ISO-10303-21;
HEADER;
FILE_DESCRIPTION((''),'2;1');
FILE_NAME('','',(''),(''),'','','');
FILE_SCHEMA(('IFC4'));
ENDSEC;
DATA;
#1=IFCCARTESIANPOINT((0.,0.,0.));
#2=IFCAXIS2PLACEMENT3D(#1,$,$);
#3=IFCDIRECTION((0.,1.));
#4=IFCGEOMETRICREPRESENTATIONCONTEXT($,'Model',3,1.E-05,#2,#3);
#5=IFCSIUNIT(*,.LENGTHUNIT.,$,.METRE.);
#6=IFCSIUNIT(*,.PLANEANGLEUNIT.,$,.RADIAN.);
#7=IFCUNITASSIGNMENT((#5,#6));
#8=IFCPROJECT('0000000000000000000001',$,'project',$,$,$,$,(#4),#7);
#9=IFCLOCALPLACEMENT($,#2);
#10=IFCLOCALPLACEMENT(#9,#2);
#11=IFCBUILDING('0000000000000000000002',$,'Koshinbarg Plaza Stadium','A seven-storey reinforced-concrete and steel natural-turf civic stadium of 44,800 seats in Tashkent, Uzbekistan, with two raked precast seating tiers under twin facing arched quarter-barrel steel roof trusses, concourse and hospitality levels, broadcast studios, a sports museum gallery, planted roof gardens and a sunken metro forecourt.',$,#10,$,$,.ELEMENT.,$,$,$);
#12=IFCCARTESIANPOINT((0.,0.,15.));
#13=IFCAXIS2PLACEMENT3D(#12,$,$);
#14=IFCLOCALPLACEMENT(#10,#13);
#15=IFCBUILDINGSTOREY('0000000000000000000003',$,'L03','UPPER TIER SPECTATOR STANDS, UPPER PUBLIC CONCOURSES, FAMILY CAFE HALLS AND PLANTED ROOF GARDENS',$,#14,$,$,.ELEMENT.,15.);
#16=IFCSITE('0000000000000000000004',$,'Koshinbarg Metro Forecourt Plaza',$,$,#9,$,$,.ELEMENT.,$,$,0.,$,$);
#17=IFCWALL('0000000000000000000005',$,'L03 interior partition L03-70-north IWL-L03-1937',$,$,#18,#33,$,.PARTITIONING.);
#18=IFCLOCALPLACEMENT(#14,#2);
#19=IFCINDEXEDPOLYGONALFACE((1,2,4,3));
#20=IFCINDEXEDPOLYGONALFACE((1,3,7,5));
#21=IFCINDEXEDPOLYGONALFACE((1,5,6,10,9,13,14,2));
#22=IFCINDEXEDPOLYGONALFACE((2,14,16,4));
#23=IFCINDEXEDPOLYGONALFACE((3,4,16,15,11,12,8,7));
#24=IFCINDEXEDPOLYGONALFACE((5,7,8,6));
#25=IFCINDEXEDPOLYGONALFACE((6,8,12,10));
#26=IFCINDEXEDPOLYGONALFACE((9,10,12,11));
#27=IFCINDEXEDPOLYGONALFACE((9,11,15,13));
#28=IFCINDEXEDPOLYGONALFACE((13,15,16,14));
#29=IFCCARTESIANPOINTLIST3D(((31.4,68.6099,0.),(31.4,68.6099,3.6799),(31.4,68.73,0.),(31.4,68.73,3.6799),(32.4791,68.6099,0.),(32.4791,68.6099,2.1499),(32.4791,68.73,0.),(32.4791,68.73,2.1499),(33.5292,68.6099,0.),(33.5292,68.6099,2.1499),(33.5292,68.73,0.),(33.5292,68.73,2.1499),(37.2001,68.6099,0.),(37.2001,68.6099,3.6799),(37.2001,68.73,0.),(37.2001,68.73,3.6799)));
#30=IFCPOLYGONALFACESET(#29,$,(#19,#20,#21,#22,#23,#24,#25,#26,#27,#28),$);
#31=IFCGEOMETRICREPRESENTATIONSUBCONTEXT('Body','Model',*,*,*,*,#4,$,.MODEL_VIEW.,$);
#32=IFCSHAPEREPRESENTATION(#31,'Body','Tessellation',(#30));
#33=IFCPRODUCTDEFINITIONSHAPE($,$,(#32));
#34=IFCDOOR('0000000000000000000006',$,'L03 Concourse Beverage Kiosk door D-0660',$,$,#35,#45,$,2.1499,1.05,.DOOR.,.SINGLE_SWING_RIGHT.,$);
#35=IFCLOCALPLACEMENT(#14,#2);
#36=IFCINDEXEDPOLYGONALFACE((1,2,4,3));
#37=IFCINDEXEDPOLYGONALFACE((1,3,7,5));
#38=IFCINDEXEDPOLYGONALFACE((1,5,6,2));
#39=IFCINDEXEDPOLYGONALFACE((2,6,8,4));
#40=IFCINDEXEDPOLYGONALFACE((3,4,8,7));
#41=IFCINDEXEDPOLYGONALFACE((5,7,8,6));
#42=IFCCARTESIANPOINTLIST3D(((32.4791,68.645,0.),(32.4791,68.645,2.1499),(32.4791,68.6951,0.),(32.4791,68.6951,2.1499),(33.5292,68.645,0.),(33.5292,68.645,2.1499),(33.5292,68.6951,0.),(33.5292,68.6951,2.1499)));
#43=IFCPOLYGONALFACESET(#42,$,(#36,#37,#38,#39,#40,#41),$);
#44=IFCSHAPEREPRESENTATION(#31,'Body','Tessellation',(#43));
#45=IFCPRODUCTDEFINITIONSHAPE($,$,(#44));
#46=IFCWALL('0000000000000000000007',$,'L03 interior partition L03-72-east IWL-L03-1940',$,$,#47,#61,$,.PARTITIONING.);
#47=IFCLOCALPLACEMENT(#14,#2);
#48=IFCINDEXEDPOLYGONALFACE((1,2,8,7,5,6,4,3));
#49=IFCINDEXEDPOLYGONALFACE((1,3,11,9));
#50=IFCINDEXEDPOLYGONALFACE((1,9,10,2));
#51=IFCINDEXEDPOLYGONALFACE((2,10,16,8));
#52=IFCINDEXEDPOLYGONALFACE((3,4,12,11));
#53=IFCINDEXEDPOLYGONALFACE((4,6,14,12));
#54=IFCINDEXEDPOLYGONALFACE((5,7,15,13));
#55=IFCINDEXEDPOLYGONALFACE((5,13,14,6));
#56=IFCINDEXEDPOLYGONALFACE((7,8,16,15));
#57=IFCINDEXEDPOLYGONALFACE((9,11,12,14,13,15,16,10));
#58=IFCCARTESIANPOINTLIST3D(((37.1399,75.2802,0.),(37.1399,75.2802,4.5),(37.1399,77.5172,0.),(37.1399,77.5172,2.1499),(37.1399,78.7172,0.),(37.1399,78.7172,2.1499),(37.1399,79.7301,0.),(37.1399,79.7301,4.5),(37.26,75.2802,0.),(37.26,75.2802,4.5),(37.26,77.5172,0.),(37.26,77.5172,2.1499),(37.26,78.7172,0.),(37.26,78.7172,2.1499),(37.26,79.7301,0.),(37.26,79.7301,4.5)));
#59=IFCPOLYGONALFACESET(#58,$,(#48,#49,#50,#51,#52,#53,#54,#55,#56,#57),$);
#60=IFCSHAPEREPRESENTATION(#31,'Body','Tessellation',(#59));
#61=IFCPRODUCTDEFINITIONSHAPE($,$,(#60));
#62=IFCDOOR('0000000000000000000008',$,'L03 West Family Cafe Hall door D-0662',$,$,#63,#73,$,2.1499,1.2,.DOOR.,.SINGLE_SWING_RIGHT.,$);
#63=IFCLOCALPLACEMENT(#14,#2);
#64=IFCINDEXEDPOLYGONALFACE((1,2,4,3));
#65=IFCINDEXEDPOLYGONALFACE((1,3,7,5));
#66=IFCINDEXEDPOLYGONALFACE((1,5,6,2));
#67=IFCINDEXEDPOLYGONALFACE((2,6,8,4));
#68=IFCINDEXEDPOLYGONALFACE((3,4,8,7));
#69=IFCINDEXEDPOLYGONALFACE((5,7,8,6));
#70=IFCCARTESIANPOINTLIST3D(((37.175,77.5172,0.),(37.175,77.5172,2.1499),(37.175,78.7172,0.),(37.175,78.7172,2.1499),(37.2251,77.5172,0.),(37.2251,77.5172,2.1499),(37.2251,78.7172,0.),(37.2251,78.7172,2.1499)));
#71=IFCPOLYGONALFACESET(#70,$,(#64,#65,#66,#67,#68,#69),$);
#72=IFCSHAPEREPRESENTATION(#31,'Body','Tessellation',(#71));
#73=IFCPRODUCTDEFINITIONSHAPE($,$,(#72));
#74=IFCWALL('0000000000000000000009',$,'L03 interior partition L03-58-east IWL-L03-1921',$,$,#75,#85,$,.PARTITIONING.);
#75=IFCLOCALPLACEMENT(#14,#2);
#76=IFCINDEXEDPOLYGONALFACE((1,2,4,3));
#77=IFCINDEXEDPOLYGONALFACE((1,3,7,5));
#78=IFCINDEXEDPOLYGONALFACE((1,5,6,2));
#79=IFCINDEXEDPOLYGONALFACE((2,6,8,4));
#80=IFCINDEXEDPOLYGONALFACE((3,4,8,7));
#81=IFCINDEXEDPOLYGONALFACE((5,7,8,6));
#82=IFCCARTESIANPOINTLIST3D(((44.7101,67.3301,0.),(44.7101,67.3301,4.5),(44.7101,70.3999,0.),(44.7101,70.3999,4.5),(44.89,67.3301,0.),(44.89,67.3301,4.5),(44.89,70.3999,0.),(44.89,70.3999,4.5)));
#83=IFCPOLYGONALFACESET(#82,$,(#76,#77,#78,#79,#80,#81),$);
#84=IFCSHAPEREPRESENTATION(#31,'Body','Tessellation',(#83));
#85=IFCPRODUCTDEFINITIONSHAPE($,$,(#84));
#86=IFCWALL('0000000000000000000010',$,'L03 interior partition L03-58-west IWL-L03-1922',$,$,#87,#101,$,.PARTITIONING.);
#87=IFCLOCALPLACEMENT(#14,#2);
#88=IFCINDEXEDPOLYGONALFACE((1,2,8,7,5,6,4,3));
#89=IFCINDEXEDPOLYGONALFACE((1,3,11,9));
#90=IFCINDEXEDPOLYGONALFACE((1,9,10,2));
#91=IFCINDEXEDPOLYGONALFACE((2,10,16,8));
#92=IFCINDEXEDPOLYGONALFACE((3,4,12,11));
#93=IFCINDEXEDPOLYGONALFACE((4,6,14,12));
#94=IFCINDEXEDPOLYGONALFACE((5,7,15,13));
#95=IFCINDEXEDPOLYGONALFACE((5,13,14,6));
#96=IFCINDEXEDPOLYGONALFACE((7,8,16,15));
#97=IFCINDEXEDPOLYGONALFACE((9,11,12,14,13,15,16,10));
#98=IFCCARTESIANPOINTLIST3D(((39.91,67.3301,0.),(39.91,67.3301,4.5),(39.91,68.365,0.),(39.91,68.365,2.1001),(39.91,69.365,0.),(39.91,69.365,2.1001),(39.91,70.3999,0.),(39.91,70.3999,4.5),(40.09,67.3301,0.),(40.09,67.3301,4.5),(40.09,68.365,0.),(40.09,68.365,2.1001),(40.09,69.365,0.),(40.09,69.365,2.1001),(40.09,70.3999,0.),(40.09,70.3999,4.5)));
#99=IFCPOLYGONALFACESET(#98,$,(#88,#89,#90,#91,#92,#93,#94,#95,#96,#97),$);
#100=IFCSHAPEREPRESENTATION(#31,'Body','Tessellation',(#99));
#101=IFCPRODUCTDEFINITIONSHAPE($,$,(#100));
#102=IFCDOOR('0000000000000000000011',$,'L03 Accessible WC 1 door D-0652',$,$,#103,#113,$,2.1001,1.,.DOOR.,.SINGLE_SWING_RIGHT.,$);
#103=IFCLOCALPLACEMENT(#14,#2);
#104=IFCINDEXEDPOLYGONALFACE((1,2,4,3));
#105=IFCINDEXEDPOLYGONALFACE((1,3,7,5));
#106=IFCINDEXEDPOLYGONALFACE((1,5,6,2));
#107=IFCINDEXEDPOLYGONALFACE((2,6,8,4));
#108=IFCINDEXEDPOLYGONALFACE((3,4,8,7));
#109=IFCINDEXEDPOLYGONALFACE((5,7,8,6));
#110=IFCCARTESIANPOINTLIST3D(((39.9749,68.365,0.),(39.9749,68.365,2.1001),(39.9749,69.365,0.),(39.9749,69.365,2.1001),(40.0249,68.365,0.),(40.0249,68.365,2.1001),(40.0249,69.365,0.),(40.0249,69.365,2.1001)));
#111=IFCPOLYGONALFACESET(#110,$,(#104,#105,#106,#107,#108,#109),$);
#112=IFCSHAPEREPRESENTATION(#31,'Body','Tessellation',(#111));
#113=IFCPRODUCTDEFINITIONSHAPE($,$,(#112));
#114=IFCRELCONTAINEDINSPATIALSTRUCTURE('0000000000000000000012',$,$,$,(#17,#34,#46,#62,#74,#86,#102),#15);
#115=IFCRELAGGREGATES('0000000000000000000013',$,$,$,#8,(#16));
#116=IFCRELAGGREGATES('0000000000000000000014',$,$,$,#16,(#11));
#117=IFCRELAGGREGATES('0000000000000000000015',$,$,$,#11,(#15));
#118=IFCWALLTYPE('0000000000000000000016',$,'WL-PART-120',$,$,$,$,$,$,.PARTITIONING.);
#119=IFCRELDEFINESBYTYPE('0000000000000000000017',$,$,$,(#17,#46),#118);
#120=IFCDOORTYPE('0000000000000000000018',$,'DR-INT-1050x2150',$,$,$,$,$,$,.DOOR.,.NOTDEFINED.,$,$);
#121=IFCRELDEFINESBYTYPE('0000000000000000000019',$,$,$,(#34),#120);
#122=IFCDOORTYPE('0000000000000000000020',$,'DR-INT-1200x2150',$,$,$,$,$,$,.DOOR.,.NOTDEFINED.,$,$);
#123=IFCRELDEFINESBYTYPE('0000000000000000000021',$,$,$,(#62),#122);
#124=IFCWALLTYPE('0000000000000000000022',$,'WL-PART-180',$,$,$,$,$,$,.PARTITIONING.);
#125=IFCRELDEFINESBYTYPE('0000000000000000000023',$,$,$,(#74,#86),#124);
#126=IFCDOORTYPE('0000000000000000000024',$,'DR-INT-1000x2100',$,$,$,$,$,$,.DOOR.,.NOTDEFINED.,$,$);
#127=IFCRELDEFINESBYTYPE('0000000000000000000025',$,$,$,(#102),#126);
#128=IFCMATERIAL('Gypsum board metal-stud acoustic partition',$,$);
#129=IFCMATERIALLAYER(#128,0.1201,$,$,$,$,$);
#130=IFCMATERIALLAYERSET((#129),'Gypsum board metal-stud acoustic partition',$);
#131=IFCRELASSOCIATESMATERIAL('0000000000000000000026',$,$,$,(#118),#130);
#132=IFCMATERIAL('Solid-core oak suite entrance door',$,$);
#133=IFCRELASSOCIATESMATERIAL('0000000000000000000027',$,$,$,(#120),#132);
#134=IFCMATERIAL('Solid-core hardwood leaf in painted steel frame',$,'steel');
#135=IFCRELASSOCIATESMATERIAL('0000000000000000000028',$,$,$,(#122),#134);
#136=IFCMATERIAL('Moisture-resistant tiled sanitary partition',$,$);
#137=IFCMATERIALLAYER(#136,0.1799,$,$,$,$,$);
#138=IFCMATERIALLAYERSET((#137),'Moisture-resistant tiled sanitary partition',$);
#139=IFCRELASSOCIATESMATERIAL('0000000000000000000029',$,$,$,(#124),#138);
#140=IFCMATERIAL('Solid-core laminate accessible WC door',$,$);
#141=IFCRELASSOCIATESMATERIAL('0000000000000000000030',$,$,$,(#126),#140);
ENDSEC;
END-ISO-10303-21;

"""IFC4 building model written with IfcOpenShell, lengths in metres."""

from ifc_helpers import new_model, si_unit, direction, frame, frame_2d, origin, place, context, subcontext, project, spatial, rectangle, extrude, material, layer, layer_set, type_object, element, fill, save


model = new_model("IFC4")

# Units and contexts
model_context = context("Model", 3, precision=1e-05, world=origin(), true_north=direction((0.0, 1.0)))
body_context = subcontext(model_context, "Body", "Model", "MODEL_VIEW")
ifc_project = project(units=[si_unit("LENGTHUNIT", "METRE"), si_unit("PLANEANGLEUNIT", "RADIAN")], contexts=[model_context])

# Site, building, storey
site_placement = place(None, origin())
site = spatial("IfcSite", under=ifc_project, at=site_placement, Name="Koshinbarg Metro Forecourt Plaza", CompositionType="ELEMENT", RefElevation=0.0)
building_placement = place(site_placement, origin())
building = spatial("IfcBuilding", under=site, at=building_placement, Name="Koshinbarg Plaza Stadium", Description="A seven-storey reinforced-concrete and steel natural-turf civic stadium of 44,800 seats in Tashkent, Uzbekistan, with two raked precast seating tiers under twin facing arched quarter-barrel steel roof trusses, concourse and hospitality levels, broadcast studios, a sports museum gallery, planted roof gardens and a sunken metro forecourt.", CompositionType="ELEMENT")
storey_placement = place(building_placement, frame((0.0, 0.0, 15.0)))
storey = spatial("IfcBuildingStorey", under=building, at=storey_placement, Name="L03", Description="UPPER TIER SPECTATOR STANDS, UPPER PUBLIC CONCOURSES, FAMILY CAFE HALLS AND PLANTED ROOF GARDENS", CompositionType="ELEMENT", Elevation=15.0)

# Walls, openings, doors
ifc_material_1 = material(Name="Gypsum board metal-stud acoustic partition")
ifc_layer_1 = layer(ifc_material_1, 0.1201)
ifc_layer_set_1 = layer_set([ifc_layer_1], Name="Gypsum board metal-stud acoustic partition")
wall_type_1 = type_object("IfcWallType", Name="WL-PART-120", PredefinedType="PARTITIONING", material=ifc_layer_set_1)
wall_1_placement = place(storey_placement, frame((37.2, 68.6699, 0.0), z_axis=(0.0, 0.0, 1.0), x_axis=(-1.0, 0.0, 0.0)))
wall_1 = element("IfcWall", 1, at=wall_1_placement, inside=storey, type_object=wall_type_1, Name="L03 interior partition L03-70-north IWL-L03-1937", PredefinedType="PARTITIONING", context=body_context, shape_type="SweptSolid", body=[
    extrude(rectangle(XDim=5.8, YDim=0.1201, at=frame_2d((2.8999, 0.0))), origin(), (0.0, 0.0, 1.0), 3.6799),
])
opening_1_placement = place(wall_1_placement, frame((3.6709, 0.0, 0.0)))
opening_1 = element("IfcOpeningElement", 2, at=opening_1_placement, cuts=wall_1, PredefinedType="OPENING", context=body_context, shape_type="SweptSolid", body=[
    extrude(rectangle(XDim=1.05, YDim=2.1499, at=frame_2d((0.5249, 1.075))), frame((0.0, 0.0701, 0.0), z_axis=(0.0, -1.0, 0.0), x_axis=(1.0, 0.0, 0.0)), (0.0, 0.0, 1.0), 0.1401),
])
ifc_material_2 = material(Name="Solid-core oak suite entrance door")
door_type_1 = type_object("IfcDoorType", Name="DR-INT-1050x2150", OperationType="NOTDEFINED", PredefinedType="DOOR", material=ifc_material_2)
door_1_placement = place(opening_1_placement, origin())
door_1 = element("IfcDoor", 3, at=door_1_placement, inside=storey, type_object=door_type_1, Name="L03 Concourse Beverage Kiosk door D-0660", OperationType="SINGLE_SWING_RIGHT", OverallHeight=2.1499, OverallWidth=1.05, PredefinedType="DOOR", context=body_context, shape_type="SweptSolid", body=[
    extrude(rectangle(XDim=1.05, YDim=2.1499, at=frame_2d((0.5249, 1.075))), frame((0.0, 0.0249, 0.0), z_axis=(0.0, -1.0, 0.0), x_axis=(1.0, 0.0, 0.0)), (0.0, 0.0, 1.0), 0.05),
])
fill(opening_1, door_1)
wall_2_placement = place(storey_placement, frame((37.2, 75.28, 0.0), z_axis=(0.0, 0.0, 1.0), x_axis=(0.0, 1.0, 0.0)))
wall_2 = element("IfcWall", 4, at=wall_2_placement, inside=storey, type_object=wall_type_1, Name="L03 interior partition L03-72-east IWL-L03-1940", PredefinedType="PARTITIONING", context=body_context, shape_type="SweptSolid", body=[
    extrude(rectangle(XDim=4.45, YDim=0.1201, at=frame_2d((2.2251, 0.0))), origin(), (0.0, 0.0, 1.0), 4.5),
])
opening_2_placement = place(wall_2_placement, frame((2.2371, 0.0, 0.0)))
opening_2 = element("IfcOpeningElement", 5, at=opening_2_placement, cuts=wall_2, PredefinedType="OPENING", context=body_context, shape_type="SweptSolid", body=[
    extrude(rectangle(XDim=1.2, YDim=2.1499, at=frame_2d((0.6001, 1.075))), frame((0.0, 0.0701, 0.0), z_axis=(0.0, -1.0, 0.0), x_axis=(1.0, 0.0, 0.0)), (0.0, 0.0, 1.0), 0.1401),
])
ifc_material_3 = material(Name="Solid-core hardwood leaf in painted steel frame", Category="steel")
door_type_2 = type_object("IfcDoorType", Name="DR-INT-1200x2150", OperationType="NOTDEFINED", PredefinedType="DOOR", material=ifc_material_3)
door_2_placement = place(opening_2_placement, origin())
door_2 = element("IfcDoor", 6, at=door_2_placement, inside=storey, type_object=door_type_2, Name="L03 West Family Cafe Hall door D-0662", OperationType="SINGLE_SWING_RIGHT", OverallHeight=2.1499, OverallWidth=1.2, PredefinedType="DOOR", context=body_context, shape_type="SweptSolid", body=[
    extrude(rectangle(XDim=1.2, YDim=2.1499, at=frame_2d((0.6001, 1.075))), frame((0.0, 0.0249, 0.0), z_axis=(0.0, -1.0, 0.0), x_axis=(1.0, 0.0, 0.0)), (0.0, 0.0, 1.0), 0.05),
])
fill(opening_2, door_2)

# Wall
ifc_material_4 = material(Name="Moisture-resistant tiled sanitary partition")
ifc_layer_2 = layer(ifc_material_4, 0.1799)
ifc_layer_set_2 = layer_set([ifc_layer_2], Name="Moisture-resistant tiled sanitary partition")
wall_type_2 = type_object("IfcWallType", Name="WL-PART-180", PredefinedType="PARTITIONING", material=ifc_layer_set_2)
wall_3_placement = place(storey_placement, frame((44.8, 67.3301, 0.0), z_axis=(0.0, 0.0, 1.0), x_axis=(0.0, 1.0, 0.0)))
element("IfcWall", 7, at=wall_3_placement, inside=storey, type_object=wall_type_2, Name="L03 interior partition L03-58-east IWL-L03-1921", PredefinedType="PARTITIONING", context=body_context, shape_type="SweptSolid", body=[
    extrude(rectangle(XDim=3.0698, YDim=0.1799, at=frame_2d((1.5349, 0.0))), origin(), (0.0, 0.0, 1.0), 4.5),
])

# Wall, opening, door
wall_4_placement = place(storey_placement, frame((40.0, 70.3999, 0.0), z_axis=(0.0, 0.0, 1.0), x_axis=(0.0, -1.0, 0.0)))
wall_4 = element("IfcWall", 8, at=wall_4_placement, inside=storey, type_object=wall_type_2, Name="L03 interior partition L03-58-west IWL-L03-1922", PredefinedType="PARTITIONING", context=body_context, shape_type="SweptSolid", body=[
    extrude(rectangle(XDim=3.0698, YDim=0.1799, at=frame_2d((1.5349, 0.0))), origin(), (0.0, 0.0, 1.0), 4.5),
])
opening_3_placement = place(wall_4_placement, frame((1.0349, 0.0, 0.0)))
opening_3 = element("IfcOpeningElement", 9, at=opening_3_placement, cuts=wall_4, PredefinedType="OPENING", context=body_context, shape_type="SweptSolid", body=[
    extrude(rectangle(XDim=1.0, YDim=2.1001, at=frame_2d((0.5, 1.05))), frame((0.0, 0.0999, 0.0), z_axis=(0.0, -1.0, 0.0), x_axis=(1.0, 0.0, 0.0)), (0.0, 0.0, 1.0), 0.2),
])
ifc_material_5 = material(Name="Solid-core laminate accessible WC door")
door_type_3 = type_object("IfcDoorType", Name="DR-INT-1000x2100", OperationType="NOTDEFINED", PredefinedType="DOOR", material=ifc_material_5)
door_3_placement = place(opening_3_placement, origin())
door_3 = element("IfcDoor", 10, at=door_3_placement, inside=storey, type_object=door_type_3, Name="L03 Accessible WC 1 door D-0652", OperationType="SINGLE_SWING_RIGHT", OverallHeight=2.1001, OverallWidth=1.0, PredefinedType="DOOR", context=body_context, shape_type="SweptSolid", body=[
    extrude(rectangle(XDim=1.0, YDim=2.1001, at=frame_2d((0.5, 1.05))), frame((0.0, 0.0249, 0.0), z_axis=(0.0, -1.0, 0.0), x_axis=(1.0, 0.0, 0.0)), (0.0, 0.0, 1.0), 0.05),
])
fill(opening_3, door_3)

save(model, "model.ifc")
